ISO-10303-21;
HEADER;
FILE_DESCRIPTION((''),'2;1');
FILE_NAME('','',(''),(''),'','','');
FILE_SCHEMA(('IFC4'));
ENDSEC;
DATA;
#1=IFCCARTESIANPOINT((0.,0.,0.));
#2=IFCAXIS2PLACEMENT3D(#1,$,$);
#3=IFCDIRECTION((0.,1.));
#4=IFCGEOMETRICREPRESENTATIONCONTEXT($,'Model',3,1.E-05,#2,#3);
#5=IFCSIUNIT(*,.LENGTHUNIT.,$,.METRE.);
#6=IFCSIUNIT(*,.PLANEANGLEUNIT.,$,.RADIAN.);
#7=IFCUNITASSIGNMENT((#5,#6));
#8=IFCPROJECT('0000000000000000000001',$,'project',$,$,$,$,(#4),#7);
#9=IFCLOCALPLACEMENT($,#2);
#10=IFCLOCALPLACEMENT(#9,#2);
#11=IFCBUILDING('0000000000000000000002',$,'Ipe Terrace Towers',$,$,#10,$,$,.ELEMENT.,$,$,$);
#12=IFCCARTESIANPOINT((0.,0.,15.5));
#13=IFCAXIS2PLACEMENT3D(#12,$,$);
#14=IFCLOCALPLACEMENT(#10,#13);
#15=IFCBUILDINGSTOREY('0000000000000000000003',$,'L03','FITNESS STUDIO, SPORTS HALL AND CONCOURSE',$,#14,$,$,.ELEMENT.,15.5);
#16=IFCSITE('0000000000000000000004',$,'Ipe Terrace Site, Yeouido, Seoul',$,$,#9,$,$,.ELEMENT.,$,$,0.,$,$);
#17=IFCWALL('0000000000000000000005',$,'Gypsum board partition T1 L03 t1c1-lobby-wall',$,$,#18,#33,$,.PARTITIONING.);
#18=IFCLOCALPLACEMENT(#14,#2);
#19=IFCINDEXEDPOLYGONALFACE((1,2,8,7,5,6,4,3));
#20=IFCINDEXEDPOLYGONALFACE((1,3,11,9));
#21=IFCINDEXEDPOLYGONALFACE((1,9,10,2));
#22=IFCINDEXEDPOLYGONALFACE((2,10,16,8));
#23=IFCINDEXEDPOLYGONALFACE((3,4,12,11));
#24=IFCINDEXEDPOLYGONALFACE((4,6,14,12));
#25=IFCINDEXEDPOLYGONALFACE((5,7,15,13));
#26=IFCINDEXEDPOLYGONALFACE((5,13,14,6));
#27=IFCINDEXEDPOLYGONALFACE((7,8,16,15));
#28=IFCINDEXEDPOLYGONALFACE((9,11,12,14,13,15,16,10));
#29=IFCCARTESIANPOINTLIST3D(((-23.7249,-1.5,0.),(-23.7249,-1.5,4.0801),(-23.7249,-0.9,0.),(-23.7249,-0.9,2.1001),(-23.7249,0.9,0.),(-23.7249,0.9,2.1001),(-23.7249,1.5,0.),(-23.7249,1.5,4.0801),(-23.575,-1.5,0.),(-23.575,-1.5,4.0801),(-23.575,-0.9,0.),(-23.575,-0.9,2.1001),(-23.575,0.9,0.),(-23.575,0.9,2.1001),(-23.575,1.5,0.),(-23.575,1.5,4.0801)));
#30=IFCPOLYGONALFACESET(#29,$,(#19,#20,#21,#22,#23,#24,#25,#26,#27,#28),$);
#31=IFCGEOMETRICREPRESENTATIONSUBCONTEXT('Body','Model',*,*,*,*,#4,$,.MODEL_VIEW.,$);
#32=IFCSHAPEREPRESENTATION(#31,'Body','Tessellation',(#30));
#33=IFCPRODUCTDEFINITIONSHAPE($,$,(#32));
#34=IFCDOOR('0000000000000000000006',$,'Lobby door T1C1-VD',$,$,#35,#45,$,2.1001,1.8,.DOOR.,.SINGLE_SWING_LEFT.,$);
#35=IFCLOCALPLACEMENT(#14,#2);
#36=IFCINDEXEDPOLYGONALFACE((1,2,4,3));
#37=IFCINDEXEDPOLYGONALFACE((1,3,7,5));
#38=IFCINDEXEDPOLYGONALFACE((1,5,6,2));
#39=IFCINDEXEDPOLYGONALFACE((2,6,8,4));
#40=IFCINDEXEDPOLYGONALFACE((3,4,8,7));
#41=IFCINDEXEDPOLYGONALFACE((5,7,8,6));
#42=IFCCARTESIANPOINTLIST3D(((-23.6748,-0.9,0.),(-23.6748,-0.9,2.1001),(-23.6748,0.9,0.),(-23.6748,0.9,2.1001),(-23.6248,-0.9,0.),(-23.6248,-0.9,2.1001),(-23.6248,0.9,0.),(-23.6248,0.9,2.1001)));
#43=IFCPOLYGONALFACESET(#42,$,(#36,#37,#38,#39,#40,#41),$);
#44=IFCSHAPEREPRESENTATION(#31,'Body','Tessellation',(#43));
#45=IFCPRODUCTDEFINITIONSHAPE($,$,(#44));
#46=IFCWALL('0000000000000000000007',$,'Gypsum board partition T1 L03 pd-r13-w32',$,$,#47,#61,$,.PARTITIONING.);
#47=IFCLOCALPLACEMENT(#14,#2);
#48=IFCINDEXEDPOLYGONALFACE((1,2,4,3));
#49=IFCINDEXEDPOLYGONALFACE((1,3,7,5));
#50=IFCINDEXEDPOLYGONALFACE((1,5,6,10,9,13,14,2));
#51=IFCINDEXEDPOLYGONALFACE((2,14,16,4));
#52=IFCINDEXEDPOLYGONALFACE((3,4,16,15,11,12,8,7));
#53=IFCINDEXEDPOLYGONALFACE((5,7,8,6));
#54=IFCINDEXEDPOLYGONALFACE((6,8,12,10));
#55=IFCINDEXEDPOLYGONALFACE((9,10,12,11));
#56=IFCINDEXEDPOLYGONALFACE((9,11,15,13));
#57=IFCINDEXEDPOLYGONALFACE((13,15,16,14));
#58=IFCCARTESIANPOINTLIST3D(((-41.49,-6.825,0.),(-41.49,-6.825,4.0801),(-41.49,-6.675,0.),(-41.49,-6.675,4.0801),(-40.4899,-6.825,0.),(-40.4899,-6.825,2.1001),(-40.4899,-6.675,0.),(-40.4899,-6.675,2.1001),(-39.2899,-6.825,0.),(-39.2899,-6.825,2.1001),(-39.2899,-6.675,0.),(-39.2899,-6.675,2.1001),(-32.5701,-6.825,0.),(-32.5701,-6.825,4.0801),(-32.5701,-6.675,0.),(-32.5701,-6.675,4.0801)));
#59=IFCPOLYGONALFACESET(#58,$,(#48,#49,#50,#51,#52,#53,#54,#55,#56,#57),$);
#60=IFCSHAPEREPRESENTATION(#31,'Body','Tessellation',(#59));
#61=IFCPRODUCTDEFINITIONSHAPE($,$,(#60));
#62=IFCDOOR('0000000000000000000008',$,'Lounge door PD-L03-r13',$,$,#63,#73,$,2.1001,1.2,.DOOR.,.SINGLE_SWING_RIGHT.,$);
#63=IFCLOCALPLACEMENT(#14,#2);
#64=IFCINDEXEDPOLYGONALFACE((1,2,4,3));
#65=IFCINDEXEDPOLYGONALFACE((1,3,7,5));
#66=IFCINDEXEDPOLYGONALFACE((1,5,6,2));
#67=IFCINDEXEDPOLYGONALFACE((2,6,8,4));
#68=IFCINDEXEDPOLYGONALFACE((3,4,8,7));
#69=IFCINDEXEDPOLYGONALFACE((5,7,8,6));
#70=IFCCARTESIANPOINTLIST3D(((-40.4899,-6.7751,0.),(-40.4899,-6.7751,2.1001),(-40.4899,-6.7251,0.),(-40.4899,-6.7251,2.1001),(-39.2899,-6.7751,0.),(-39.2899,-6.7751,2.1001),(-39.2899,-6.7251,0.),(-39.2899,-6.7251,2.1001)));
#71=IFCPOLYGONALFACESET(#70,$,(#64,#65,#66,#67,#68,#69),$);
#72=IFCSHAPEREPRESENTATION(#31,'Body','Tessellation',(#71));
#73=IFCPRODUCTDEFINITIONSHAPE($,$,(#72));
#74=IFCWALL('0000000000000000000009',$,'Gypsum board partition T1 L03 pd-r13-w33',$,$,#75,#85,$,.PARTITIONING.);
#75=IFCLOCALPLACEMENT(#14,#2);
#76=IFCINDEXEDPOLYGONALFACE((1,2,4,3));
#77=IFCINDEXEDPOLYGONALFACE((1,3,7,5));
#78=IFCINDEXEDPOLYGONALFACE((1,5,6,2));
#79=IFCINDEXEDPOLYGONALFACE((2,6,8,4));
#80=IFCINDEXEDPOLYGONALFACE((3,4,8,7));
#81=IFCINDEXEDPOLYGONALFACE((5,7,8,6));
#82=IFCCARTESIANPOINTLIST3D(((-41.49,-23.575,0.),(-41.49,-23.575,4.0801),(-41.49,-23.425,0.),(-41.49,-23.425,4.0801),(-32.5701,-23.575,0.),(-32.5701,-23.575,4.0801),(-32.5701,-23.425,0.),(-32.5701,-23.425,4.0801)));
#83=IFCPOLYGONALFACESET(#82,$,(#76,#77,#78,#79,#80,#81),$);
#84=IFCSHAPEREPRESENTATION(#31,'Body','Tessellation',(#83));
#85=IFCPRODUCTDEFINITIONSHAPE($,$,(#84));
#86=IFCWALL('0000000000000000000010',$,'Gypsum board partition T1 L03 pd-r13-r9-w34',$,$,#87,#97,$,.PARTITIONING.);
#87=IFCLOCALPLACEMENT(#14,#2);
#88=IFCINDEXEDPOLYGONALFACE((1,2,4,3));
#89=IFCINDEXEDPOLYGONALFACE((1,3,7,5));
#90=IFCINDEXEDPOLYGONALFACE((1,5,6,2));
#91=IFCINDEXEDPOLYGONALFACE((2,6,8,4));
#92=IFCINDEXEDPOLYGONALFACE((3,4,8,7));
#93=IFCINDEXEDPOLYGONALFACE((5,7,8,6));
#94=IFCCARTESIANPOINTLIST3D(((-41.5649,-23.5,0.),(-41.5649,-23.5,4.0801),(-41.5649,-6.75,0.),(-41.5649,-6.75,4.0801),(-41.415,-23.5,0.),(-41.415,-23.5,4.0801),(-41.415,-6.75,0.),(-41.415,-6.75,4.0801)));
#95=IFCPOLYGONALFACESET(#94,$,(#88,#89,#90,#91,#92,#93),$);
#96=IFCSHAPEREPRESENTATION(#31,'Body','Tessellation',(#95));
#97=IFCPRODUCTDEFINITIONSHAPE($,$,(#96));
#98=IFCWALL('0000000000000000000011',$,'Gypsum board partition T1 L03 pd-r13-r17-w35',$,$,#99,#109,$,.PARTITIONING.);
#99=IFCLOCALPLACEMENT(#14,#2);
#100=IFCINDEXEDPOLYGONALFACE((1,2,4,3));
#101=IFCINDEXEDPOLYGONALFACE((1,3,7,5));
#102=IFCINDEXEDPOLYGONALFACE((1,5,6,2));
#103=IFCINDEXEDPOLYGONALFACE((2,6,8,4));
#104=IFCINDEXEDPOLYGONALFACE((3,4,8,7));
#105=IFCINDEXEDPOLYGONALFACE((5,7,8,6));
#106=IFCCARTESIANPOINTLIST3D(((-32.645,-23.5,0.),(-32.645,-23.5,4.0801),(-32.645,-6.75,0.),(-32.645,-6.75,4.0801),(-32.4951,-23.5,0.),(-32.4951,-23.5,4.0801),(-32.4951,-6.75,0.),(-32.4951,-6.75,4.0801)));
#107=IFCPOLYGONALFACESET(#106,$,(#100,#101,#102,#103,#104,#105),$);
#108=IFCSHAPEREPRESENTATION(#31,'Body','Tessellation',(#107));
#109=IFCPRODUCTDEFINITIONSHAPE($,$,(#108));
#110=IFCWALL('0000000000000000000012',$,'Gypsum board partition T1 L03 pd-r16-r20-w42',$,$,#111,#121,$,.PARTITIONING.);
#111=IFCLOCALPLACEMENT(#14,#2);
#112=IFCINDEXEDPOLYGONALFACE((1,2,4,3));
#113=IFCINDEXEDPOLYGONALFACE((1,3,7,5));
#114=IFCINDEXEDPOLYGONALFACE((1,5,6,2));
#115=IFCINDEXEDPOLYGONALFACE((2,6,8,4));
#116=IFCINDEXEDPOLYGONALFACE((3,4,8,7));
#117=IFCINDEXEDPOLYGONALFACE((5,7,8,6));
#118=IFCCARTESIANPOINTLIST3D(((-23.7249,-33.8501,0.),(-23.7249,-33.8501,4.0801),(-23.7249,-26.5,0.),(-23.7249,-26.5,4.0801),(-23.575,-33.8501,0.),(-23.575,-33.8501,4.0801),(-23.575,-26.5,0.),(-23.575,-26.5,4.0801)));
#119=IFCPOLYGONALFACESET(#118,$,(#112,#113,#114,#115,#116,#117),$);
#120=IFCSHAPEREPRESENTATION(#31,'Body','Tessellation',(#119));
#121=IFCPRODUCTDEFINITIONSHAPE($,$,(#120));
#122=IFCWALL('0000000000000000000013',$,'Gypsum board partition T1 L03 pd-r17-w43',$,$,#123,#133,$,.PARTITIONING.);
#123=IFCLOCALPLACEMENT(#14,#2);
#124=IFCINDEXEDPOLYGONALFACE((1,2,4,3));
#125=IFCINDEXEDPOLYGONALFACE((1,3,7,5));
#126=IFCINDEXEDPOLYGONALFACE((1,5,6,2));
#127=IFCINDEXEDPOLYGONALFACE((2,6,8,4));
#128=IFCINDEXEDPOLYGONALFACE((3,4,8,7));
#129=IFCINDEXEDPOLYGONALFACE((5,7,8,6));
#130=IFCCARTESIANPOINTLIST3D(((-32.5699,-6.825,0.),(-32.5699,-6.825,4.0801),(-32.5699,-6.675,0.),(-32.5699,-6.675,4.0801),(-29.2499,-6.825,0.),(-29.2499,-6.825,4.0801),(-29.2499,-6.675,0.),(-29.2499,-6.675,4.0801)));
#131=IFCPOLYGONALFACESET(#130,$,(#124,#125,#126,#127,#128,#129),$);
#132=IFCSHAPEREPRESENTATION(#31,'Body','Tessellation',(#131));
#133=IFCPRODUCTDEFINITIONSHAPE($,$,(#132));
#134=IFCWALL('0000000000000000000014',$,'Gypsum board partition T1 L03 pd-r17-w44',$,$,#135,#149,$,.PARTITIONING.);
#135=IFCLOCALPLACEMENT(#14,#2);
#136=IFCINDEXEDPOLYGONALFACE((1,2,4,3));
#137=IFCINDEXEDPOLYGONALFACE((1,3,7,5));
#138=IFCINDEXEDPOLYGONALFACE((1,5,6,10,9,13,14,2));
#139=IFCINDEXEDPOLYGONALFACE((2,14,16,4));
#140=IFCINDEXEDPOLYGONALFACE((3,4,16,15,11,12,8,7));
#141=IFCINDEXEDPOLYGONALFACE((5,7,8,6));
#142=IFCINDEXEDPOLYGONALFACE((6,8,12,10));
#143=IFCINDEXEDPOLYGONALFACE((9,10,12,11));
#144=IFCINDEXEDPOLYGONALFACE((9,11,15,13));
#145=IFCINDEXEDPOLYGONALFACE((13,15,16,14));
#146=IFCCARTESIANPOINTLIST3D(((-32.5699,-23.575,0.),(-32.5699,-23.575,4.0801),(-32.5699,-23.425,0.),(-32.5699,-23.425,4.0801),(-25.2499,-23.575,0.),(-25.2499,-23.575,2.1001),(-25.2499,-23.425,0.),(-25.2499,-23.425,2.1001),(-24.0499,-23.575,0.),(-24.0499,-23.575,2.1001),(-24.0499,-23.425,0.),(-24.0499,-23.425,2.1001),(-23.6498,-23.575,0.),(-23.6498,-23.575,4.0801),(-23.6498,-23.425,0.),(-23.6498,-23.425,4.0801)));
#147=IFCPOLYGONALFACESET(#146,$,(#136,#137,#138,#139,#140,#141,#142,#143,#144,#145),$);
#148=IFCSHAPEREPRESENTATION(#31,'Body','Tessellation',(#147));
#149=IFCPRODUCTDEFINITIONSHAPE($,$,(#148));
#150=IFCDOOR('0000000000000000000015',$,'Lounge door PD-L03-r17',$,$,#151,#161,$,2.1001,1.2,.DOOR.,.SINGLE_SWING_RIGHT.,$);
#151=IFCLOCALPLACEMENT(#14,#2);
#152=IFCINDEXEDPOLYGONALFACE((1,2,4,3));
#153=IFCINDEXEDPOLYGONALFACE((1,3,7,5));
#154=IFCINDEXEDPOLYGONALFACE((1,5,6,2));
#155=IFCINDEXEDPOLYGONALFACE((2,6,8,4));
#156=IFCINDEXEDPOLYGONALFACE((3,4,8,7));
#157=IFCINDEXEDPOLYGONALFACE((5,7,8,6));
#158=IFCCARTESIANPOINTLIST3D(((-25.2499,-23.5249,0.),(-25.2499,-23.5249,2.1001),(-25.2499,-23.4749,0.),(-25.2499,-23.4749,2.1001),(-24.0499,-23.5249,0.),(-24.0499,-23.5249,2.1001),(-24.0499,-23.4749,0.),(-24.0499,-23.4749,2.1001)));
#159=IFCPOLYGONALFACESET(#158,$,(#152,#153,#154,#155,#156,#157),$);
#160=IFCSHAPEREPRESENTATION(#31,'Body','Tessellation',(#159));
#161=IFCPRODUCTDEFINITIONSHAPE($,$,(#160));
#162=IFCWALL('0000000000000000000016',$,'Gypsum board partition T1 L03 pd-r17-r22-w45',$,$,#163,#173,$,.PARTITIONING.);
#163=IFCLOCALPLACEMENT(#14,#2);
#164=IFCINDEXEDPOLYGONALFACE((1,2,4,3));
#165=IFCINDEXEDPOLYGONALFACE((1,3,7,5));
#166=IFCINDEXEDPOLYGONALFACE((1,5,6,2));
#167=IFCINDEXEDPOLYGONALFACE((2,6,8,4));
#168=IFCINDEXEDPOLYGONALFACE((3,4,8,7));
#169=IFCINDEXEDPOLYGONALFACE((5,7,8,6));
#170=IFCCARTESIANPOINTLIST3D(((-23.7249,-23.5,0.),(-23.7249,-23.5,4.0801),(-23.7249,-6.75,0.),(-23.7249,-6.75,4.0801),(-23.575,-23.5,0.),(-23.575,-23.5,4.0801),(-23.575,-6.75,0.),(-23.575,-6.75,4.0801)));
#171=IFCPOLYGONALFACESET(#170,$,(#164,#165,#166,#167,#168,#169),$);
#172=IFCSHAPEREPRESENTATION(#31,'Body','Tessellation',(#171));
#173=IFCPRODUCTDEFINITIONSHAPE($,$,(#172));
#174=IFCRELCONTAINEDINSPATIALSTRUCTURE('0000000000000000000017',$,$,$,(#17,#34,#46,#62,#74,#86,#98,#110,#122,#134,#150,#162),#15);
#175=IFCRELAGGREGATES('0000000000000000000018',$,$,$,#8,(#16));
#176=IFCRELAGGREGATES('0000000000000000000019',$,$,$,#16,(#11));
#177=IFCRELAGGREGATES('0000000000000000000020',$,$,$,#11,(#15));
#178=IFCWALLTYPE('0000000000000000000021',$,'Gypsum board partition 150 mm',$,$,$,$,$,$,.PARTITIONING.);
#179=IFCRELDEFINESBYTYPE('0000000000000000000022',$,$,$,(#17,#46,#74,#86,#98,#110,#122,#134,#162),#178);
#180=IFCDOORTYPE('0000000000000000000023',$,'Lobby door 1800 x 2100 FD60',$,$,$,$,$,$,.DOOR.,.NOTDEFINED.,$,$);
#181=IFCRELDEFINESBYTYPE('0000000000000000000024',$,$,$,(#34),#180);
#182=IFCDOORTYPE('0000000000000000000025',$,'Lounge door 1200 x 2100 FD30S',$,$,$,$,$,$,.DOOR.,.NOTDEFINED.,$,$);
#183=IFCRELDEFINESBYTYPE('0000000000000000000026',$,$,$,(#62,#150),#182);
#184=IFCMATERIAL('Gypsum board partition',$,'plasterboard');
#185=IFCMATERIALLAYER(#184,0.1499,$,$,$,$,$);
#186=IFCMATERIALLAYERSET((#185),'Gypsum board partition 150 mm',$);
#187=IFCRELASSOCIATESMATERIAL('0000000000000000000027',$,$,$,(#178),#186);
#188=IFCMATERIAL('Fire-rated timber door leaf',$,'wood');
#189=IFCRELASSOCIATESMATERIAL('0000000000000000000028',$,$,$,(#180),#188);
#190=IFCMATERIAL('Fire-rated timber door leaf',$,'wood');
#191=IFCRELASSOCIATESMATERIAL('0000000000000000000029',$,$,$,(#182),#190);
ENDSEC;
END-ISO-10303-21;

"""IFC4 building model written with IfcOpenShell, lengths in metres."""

from ifc_helpers import new_model, si_unit, direction, frame, frame_2d, origin, place, context, subcontext, project, spatial, rectangle, extrude, material, layer, layer_set, type_object, element, fill, save


model = new_model("IFC4")

# Units and contexts
model_context = context("Model", 3, precision=1e-05, world=origin(), true_north=direction((0.0, 1.0)))
body_context = subcontext(model_context, "Body", "Model", "MODEL_VIEW")
ifc_project = project(units=[si_unit("LENGTHUNIT", "METRE"), si_unit("PLANEANGLEUNIT", "RADIAN")], contexts=[model_context])

# Site, building, storey
site_placement = place(None, origin())
site = spatial("IfcSite", under=ifc_project, at=site_placement, Name="Ipe Terrace Site, Yeouido, Seoul", CompositionType="ELEMENT", RefElevation=0.0)
building_placement = place(site_placement, origin())
building = spatial("IfcBuilding", under=site, at=building_placement, Name="Ipe Terrace Towers", CompositionType="ELEMENT")
storey_placement = place(building_placement, frame((0.0, 0.0, 15.5)))
storey = spatial("IfcBuildingStorey", under=building, at=storey_placement, Name="L03", Description="FITNESS STUDIO, SPORTS HALL AND CONCOURSE", CompositionType="ELEMENT", Elevation=15.5)

# Walls, openings, doors
ifc_material_1 = material(Name="Gypsum board partition", Category="plasterboard")
ifc_layer_1 = layer(ifc_material_1, 0.1499)
ifc_layer_set_1 = layer_set([ifc_layer_1], Name="Gypsum board partition 150 mm")
wall_type_1 = type_object("IfcWallType", Name="Gypsum board partition 150 mm", PredefinedType="PARTITIONING", material=ifc_layer_set_1)
wall_1_placement = place(storey_placement, frame((-23.6499, -1.5, 0.0), z_axis=(0.0, 0.0, 1.0), x_axis=(0.0, 1.0, 0.0)))
wall_1 = element("IfcWall", 1, at=wall_1_placement, inside=storey, type_object=wall_type_1, Name="Gypsum board partition T1 L03 t1c1-lobby-wall", PredefinedType="PARTITIONING", context=body_context, shape_type="SweptSolid", body=[
    extrude(rectangle(XDim=3.0, YDim=0.1499, at=frame_2d((1.5, 0.0))), origin(), (0.0, 0.0, 1.0), 4.0801),
])
opening_1_placement = place(wall_1_placement, frame((0.6001, 0.0, 0.0)))
opening_1 = element("IfcOpeningElement", 2, at=opening_1_placement, cuts=wall_1, PredefinedType="OPENING", context=body_context, shape_type="SweptSolid", body=[
    extrude(rectangle(XDim=1.8, YDim=2.1001, at=frame_2d((0.8999, 1.05))), frame((0.0, 0.085, 0.0), z_axis=(0.0, -1.0, 0.0), x_axis=(1.0, 0.0, 0.0)), (0.0, 0.0, 1.0), 0.1699),
])
ifc_material_2 = material(Name="Fire-rated timber door leaf", Category="wood")
door_type_1 = type_object("IfcDoorType", Name="Lobby door 1800 x 2100 FD60", OperationType="NOTDEFINED", PredefinedType="DOOR", material=ifc_material_2)
door_1_placement = place(opening_1_placement, origin())
door_1 = element("IfcDoor", 3, at=door_1_placement, inside=storey, type_object=door_type_1, Name="Lobby door T1C1-VD", OperationType="SINGLE_SWING_LEFT", OverallHeight=2.1001, OverallWidth=1.8, PredefinedType="DOOR", context=body_context, shape_type="SweptSolid", body=[
    extrude(rectangle(XDim=1.8, YDim=2.1001, at=frame_2d((0.8999, 1.05))), frame((0.0, 0.0249, 0.0), z_axis=(0.0, -1.0, 0.0), x_axis=(1.0, 0.0, 0.0)), (0.0, 0.0, 1.0), 0.05),
])
fill(opening_1, door_1)
wall_2_placement = place(storey_placement, frame((-41.49, -6.75, 0.0), z_axis=(0.0, 0.0, 1.0), x_axis=(1.0, 0.0, 0.0)))
wall_2 = element("IfcWall", 4, at=wall_2_placement, inside=storey, type_object=wall_type_1, Name="Gypsum board partition T1 L03 pd-r13-w32", PredefinedType="PARTITIONING", context=body_context, shape_type="SweptSolid", body=[
    extrude(rectangle(XDim=8.9199, YDim=0.1499, at=frame_2d((4.46, 0.0))), origin(), (0.0, 0.0, 1.0), 4.0801),
])
opening_2_placement = place(wall_2_placement, frame((1.0, 0.0, 0.0)))
opening_2 = element("IfcOpeningElement", 5, at=opening_2_placement, cuts=wall_2, PredefinedType="OPENING", context=body_context, shape_type="SweptSolid", body=[
    extrude(rectangle(XDim=1.2, YDim=2.1001, at=frame_2d((0.6001, 1.05))), frame((0.0, 0.085, 0.0), z_axis=(0.0, -1.0, 0.0), x_axis=(1.0, 0.0, 0.0)), (0.0, 0.0, 1.0), 0.1699),
])
ifc_material_3 = material(Name="Fire-rated timber door leaf", Category="wood")
door_type_2 = type_object("IfcDoorType", Name="Lounge door 1200 x 2100 FD30S", OperationType="NOTDEFINED", PredefinedType="DOOR", material=ifc_material_3)
door_2_placement = place(opening_2_placement, origin())
door_2 = element("IfcDoor", 6, at=door_2_placement, inside=storey, type_object=door_type_2, Name="Lounge door PD-L03-r13", OperationType="SINGLE_SWING_RIGHT", OverallHeight=2.1001, OverallWidth=1.2, PredefinedType="DOOR", context=body_context, shape_type="SweptSolid", body=[
    extrude(rectangle(XDim=1.2, YDim=2.1001, at=frame_2d((0.6001, 1.05))), frame((0.0, 0.0249, 0.0), z_axis=(0.0, -1.0, 0.0), x_axis=(1.0, 0.0, 0.0)), (0.0, 0.0, 1.0), 0.05),
])
fill(opening_2, door_2)

# Walls
wall_3_placement = place(storey_placement, frame((-32.5701, -23.5, 0.0), z_axis=(0.0, 0.0, 1.0), x_axis=(-1.0, 0.0, 0.0)))
element("IfcWall", 7, at=wall_3_placement, inside=storey, type_object=wall_type_1, Name="Gypsum board partition T1 L03 pd-r13-w33", PredefinedType="PARTITIONING", context=body_context, shape_type="SweptSolid", body=[
    extrude(rectangle(XDim=8.9199, YDim=0.1499, at=frame_2d((4.46, 0.0))), origin(), (0.0, 0.0, 1.0), 4.0801),
])
for number, where, z_axis, x_axis, name in (
    (8, (-41.49, -23.5, 0.0), (0.0, 0.0, 1.0), (0.0, 1.0, 0.0), "Gypsum board partition T1 L03 pd-r13-r9-w34"),
    (9, (-32.5701, -6.75, 0.0), (0.0, 0.0, 1.0), (0.0, -1.0, 0.0), "Gypsum board partition T1 L03 pd-r13-r17-w35"),
):
    element("IfcWall", number, at=place(storey_placement, frame(where, z_axis=z_axis, x_axis=x_axis)), inside=storey, type_object=wall_type_1, Name=name, PredefinedType="PARTITIONING", context=body_context, shape_type="SweptSolid", body=[
        extrude(rectangle(XDim=16.75, YDim=0.1499, at=frame_2d((8.375, 0.0))), origin(), (0.0, 0.0, 1.0), 4.0801),
    ])
wall_4_placement = place(storey_placement, frame((-23.6499, -26.5, 0.0), z_axis=(0.0, 0.0, 1.0), x_axis=(0.0, -1.0, 0.0)))
element("IfcWall", 10, at=wall_4_placement, inside=storey, type_object=wall_type_1, Name="Gypsum board partition T1 L03 pd-r16-r20-w42", PredefinedType="PARTITIONING", context=body_context, shape_type="SweptSolid", body=[
    extrude(rectangle(XDim=7.3501, YDim=0.1499, at=frame_2d((3.675, 0.0))), origin(), (0.0, 0.0, 1.0), 4.0801),
])
wall_5_placement = place(storey_placement, frame((-32.5701, -6.75, 0.0), z_axis=(0.0, 0.0, 1.0), x_axis=(1.0, 0.0, 0.0)))
element("IfcWall", 11, at=wall_5_placement, inside=storey, type_object=wall_type_1, Name="Gypsum board partition T1 L03 pd-r17-w43", PredefinedType="PARTITIONING", context=body_context, shape_type="SweptSolid", body=[
    extrude(rectangle(XDim=3.3201, YDim=0.1499, at=frame_2d((1.6602, 0.0))), origin(), (0.0, 0.0, 1.0), 4.0801),
])

# Wall, opening, door
wall_6_placement = place(storey_placement, frame((-23.6499, -23.5, 0.0), z_axis=(0.0, 0.0, 1.0), x_axis=(-1.0, 0.0, 0.0)))
wall_6 = element("IfcWall", 12, at=wall_6_placement, inside=storey, type_object=wall_type_1, Name="Gypsum board partition T1 L03 pd-r17-w44", PredefinedType="PARTITIONING", context=body_context, shape_type="SweptSolid", body=[
    extrude(rectangle(XDim=8.9202, YDim=0.1499, at=frame_2d((4.46, 0.0))), origin(), (0.0, 0.0, 1.0), 4.0801),
])
opening_3_placement = place(wall_6_placement, frame((0.3999, 0.0, 0.0)))
opening_3 = element("IfcOpeningElement", 13, at=opening_3_placement, cuts=wall_6, PredefinedType="OPENING", context=body_context, shape_type="SweptSolid", body=[
    extrude(rectangle(XDim=1.2, YDim=2.1001, at=frame_2d((0.6001, 1.05))), frame((0.0, 0.085, 0.0), z_axis=(0.0, -1.0, 0.0), x_axis=(1.0, 0.0, 0.0)), (0.0, 0.0, 1.0), 0.1699),
])
door_3_placement = place(opening_3_placement, origin())
door_3 = element("IfcDoor", 14, at=door_3_placement, inside=storey, type_object=door_type_2, Name="Lounge door PD-L03-r17", OperationType="SINGLE_SWING_RIGHT", OverallHeight=2.1001, OverallWidth=1.2, PredefinedType="DOOR", context=body_context, shape_type="SweptSolid", body=[
    extrude(rectangle(XDim=1.2, YDim=2.1001, at=frame_2d((0.6001, 1.05))), frame((0.0, 0.0249, 0.0), z_axis=(0.0, -1.0, 0.0), x_axis=(1.0, 0.0, 0.0)), (0.0, 0.0, 1.0), 0.05),
])
fill(opening_3, door_3)

# Wall
wall_7_placement = place(storey_placement, frame((-23.6499, -6.75, 0.0), z_axis=(0.0, 0.0, 1.0), x_axis=(0.0, -1.0, 0.0)))
element("IfcWall", 15, at=wall_7_placement, inside=storey, type_object=wall_type_1, Name="Gypsum board partition T1 L03 pd-r17-r22-w45", PredefinedType="PARTITIONING", context=body_context, shape_type="SweptSolid", body=[
    extrude(rectangle(XDim=16.75, YDim=0.1499, at=frame_2d((8.375, 0.0))), origin(), (0.0, 0.0, 1.0), 4.0801),
])

save(model, "model.ifc")
